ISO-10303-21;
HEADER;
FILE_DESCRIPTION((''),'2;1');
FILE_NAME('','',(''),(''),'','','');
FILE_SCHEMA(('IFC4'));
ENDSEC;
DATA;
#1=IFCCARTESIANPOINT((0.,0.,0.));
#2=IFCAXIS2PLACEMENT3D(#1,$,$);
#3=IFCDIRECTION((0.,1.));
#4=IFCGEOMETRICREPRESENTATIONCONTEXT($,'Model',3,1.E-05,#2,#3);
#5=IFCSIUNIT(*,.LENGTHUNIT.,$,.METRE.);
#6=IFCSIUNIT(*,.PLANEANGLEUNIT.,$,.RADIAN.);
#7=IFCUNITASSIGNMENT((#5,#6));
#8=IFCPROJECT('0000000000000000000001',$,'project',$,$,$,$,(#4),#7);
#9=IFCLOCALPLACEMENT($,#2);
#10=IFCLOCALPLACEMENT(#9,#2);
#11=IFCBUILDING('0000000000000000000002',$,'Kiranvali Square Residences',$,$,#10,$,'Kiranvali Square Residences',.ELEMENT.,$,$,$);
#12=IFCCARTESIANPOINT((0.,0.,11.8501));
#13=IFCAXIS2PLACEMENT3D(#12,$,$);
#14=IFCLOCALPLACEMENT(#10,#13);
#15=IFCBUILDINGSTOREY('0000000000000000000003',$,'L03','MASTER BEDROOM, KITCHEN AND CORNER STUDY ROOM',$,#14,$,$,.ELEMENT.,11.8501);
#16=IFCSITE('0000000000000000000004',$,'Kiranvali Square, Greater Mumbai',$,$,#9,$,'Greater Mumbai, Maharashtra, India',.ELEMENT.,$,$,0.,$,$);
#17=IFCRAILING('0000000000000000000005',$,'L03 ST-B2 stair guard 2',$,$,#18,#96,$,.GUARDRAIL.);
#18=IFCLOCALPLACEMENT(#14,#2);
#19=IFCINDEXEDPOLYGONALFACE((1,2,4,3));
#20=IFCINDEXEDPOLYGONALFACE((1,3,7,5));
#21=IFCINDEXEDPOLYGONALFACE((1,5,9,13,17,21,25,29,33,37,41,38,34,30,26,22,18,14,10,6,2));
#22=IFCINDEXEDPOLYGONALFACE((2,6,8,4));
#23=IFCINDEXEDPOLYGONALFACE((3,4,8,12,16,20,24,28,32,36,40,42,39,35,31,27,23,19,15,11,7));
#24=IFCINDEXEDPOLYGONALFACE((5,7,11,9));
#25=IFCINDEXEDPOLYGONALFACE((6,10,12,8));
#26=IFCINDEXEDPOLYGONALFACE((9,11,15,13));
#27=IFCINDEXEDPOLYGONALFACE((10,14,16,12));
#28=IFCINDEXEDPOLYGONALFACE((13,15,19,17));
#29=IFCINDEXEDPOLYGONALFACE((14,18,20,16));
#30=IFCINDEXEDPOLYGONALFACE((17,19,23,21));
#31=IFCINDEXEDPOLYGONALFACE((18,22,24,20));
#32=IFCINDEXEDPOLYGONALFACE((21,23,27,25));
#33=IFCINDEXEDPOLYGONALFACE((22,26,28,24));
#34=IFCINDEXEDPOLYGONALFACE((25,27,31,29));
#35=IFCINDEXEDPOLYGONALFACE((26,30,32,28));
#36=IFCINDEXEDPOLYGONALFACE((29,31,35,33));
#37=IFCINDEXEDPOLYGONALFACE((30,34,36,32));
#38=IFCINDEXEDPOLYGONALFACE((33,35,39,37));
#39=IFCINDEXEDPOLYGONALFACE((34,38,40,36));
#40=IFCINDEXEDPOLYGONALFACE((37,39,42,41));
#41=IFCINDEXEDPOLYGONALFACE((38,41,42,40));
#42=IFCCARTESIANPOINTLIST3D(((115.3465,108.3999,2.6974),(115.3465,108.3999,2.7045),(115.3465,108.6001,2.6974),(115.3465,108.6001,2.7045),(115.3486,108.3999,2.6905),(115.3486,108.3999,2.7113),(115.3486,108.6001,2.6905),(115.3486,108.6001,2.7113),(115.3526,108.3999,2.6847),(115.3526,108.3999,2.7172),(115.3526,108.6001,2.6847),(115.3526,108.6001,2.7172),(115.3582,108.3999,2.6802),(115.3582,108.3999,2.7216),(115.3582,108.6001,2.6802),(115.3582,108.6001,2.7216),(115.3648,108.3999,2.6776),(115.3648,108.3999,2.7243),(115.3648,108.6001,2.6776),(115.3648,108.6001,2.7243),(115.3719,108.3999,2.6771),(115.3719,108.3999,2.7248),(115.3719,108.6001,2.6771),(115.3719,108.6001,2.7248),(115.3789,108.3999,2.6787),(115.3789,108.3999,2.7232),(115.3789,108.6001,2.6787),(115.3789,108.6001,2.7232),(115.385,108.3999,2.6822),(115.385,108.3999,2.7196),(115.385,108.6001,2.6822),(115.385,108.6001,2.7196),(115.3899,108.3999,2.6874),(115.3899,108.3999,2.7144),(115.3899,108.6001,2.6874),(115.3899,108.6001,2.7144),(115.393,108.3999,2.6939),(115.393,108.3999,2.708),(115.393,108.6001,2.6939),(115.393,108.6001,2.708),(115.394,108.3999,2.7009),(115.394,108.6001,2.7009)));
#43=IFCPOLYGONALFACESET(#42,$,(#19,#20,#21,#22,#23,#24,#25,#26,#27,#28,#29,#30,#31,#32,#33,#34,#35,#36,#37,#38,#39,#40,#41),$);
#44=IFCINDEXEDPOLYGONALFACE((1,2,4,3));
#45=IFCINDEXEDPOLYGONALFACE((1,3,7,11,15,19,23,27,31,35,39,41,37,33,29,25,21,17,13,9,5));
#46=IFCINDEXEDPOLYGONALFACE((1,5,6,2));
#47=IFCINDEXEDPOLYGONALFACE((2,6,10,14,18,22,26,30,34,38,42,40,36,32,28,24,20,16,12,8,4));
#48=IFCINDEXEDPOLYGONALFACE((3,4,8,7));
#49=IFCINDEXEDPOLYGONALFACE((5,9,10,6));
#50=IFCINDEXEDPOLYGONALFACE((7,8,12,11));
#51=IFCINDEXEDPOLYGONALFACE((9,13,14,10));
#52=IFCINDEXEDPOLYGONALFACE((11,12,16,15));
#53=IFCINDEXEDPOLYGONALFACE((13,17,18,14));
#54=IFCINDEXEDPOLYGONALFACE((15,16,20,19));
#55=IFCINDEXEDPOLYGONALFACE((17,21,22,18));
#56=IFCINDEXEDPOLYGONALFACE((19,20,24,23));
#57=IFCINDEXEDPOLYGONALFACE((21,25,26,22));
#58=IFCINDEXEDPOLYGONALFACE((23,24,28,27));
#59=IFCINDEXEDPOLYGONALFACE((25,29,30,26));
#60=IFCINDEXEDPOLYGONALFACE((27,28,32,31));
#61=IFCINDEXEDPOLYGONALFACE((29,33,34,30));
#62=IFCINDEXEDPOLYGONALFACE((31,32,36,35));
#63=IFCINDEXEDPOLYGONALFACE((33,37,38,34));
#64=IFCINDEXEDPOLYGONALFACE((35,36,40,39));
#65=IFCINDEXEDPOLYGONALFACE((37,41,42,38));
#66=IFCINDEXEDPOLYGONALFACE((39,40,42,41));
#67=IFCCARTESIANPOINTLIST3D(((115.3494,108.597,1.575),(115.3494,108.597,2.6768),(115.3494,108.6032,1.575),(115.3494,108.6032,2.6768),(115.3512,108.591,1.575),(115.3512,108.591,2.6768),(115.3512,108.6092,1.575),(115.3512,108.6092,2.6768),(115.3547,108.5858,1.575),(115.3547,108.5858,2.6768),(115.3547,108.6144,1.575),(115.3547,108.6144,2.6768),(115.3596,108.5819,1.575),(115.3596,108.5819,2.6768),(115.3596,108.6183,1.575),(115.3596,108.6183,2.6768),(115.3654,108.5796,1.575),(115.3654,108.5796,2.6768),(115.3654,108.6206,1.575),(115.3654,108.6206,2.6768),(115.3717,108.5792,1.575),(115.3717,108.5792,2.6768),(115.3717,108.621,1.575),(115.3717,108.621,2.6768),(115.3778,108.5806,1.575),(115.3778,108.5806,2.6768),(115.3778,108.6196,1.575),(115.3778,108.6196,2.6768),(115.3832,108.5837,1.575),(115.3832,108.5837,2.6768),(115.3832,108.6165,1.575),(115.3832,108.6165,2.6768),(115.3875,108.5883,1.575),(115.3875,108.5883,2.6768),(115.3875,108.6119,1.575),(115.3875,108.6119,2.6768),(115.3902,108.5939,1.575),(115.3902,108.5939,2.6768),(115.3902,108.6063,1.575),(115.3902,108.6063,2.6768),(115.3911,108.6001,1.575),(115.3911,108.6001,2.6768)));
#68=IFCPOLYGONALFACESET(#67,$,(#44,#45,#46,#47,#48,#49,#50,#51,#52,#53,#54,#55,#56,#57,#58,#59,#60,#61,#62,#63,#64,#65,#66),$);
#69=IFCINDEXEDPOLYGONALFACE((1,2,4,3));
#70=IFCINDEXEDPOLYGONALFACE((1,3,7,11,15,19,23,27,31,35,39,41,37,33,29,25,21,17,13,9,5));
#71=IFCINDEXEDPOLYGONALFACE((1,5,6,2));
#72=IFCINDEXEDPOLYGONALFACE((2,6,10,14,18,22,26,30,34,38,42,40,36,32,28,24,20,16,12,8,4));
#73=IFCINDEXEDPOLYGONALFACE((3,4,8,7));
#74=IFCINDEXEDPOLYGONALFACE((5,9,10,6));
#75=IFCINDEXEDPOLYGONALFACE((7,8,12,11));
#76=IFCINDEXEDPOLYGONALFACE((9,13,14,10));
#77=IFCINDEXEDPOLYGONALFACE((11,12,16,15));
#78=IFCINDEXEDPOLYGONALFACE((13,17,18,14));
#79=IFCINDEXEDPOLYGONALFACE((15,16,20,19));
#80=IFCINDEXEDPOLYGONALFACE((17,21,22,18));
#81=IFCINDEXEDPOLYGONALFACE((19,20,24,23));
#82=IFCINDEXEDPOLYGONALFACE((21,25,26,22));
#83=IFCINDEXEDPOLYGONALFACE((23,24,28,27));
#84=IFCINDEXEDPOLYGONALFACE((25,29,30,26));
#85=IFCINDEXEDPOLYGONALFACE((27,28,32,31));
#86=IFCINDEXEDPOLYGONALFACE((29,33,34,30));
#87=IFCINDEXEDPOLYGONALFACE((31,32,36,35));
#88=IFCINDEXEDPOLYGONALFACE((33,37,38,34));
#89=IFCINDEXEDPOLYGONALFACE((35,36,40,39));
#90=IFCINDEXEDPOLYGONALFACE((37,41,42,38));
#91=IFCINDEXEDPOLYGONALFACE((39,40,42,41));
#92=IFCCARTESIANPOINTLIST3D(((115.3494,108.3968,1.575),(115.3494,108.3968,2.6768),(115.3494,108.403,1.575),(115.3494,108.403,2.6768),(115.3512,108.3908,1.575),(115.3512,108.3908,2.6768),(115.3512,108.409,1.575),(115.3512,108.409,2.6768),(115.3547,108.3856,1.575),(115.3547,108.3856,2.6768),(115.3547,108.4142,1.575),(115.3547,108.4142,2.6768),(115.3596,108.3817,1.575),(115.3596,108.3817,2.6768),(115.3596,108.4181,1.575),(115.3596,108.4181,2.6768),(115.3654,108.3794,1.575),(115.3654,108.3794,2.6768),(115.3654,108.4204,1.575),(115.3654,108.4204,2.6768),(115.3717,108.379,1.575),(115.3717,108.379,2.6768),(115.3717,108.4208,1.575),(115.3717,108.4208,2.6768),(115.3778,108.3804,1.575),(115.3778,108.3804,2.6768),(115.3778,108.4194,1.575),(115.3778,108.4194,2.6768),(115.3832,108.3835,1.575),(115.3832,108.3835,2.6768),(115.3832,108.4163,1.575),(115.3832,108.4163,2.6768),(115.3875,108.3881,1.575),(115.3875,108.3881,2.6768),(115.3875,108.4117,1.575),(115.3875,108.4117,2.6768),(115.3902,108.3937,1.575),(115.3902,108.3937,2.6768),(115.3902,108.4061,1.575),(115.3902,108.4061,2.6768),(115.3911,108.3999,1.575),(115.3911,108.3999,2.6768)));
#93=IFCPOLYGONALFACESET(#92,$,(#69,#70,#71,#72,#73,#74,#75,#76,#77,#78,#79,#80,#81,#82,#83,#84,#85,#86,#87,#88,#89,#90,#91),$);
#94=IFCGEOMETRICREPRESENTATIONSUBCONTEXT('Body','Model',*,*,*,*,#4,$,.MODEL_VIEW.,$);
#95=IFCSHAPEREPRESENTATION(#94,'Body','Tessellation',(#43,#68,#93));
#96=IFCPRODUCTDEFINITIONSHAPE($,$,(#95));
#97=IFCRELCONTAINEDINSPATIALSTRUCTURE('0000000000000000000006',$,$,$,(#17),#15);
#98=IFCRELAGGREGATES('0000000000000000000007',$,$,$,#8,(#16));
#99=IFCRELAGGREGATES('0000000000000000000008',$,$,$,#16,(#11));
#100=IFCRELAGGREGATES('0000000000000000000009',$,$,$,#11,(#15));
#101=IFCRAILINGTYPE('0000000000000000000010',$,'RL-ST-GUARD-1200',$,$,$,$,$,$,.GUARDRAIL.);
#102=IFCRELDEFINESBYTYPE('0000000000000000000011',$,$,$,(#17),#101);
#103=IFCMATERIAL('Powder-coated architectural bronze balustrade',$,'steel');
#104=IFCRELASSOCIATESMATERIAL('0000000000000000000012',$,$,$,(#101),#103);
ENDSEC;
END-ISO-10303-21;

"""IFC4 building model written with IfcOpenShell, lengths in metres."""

from ifc_helpers import new_model, si_unit, direction, frame, origin, origin_2d, place, context, subcontext, project, spatial, circle, extrude, material, type_object, element, save


model = new_model("IFC4")

# Units and contexts
model_context = context("Model", 3, precision=1e-05, world=origin(), true_north=direction((0.0, 1.0)))
body_context = subcontext(model_context, "Body", "Model", "MODEL_VIEW")
ifc_project = project(units=[si_unit("LENGTHUNIT", "METRE"), si_unit("PLANEANGLEUNIT", "RADIAN")], contexts=[model_context])

# Site, building, storey
site_placement = place(None, origin())
site = spatial("IfcSite", under=ifc_project, at=site_placement, Name="Kiranvali Square, Greater Mumbai", LongName="Greater Mumbai, Maharashtra, India", CompositionType="ELEMENT", RefElevation=0.0)
building_placement = place(site_placement, origin())
building = spatial("IfcBuilding", under=site, at=building_placement, Name="Kiranvali Square Residences", LongName="Kiranvali Square Residences", CompositionType="ELEMENT")
storey_placement = place(building_placement, frame((0.0, 0.0, 11.8501)))
storey = spatial("IfcBuildingStorey", under=building, at=storey_placement, Name="L03", Description="MASTER BEDROOM, KITCHEN AND CORNER STUDY ROOM", CompositionType="ELEMENT", Elevation=11.8501)

# Railing
ifc_material_1 = material(Name="Powder-coated architectural bronze balustrade", Category="steel")
railing_type_1 = type_object("IfcRailingType", Name="RL-ST-GUARD-1200", PredefinedType="GUARDRAIL", material=ifc_material_1)
railing_1_placement = place(storey_placement, frame((115.3701, 108.6001, 1.575)))
element("IfcRailing", 1, at=railing_1_placement, inside=storey, type_object=railing_type_1, Name="L03 ST-B2 stair guard 2", PredefinedType="GUARDRAIL", context=body_context, shape_type="SweptSolid", body=[
    extrude(circle(Radius=0.0239, at=origin_2d()), frame((0.0, 0.0, 1.126), z_axis=(0.0, -1.0, 0.0), x_axis=(1.0, 0.0, 0.0)), (0.0, 0.0, 1.0), 0.2002),
    extrude(circle(Radius=0.021, at=origin_2d()), origin(), (0.0, 0.0, 1.0), 1.1018),
    extrude(circle(Radius=0.021, at=origin_2d()), frame((0.0, -0.2002, 0.0)), (0.0, 0.0, 1.0), 1.1018),
])

save(model, "model.ifc")
